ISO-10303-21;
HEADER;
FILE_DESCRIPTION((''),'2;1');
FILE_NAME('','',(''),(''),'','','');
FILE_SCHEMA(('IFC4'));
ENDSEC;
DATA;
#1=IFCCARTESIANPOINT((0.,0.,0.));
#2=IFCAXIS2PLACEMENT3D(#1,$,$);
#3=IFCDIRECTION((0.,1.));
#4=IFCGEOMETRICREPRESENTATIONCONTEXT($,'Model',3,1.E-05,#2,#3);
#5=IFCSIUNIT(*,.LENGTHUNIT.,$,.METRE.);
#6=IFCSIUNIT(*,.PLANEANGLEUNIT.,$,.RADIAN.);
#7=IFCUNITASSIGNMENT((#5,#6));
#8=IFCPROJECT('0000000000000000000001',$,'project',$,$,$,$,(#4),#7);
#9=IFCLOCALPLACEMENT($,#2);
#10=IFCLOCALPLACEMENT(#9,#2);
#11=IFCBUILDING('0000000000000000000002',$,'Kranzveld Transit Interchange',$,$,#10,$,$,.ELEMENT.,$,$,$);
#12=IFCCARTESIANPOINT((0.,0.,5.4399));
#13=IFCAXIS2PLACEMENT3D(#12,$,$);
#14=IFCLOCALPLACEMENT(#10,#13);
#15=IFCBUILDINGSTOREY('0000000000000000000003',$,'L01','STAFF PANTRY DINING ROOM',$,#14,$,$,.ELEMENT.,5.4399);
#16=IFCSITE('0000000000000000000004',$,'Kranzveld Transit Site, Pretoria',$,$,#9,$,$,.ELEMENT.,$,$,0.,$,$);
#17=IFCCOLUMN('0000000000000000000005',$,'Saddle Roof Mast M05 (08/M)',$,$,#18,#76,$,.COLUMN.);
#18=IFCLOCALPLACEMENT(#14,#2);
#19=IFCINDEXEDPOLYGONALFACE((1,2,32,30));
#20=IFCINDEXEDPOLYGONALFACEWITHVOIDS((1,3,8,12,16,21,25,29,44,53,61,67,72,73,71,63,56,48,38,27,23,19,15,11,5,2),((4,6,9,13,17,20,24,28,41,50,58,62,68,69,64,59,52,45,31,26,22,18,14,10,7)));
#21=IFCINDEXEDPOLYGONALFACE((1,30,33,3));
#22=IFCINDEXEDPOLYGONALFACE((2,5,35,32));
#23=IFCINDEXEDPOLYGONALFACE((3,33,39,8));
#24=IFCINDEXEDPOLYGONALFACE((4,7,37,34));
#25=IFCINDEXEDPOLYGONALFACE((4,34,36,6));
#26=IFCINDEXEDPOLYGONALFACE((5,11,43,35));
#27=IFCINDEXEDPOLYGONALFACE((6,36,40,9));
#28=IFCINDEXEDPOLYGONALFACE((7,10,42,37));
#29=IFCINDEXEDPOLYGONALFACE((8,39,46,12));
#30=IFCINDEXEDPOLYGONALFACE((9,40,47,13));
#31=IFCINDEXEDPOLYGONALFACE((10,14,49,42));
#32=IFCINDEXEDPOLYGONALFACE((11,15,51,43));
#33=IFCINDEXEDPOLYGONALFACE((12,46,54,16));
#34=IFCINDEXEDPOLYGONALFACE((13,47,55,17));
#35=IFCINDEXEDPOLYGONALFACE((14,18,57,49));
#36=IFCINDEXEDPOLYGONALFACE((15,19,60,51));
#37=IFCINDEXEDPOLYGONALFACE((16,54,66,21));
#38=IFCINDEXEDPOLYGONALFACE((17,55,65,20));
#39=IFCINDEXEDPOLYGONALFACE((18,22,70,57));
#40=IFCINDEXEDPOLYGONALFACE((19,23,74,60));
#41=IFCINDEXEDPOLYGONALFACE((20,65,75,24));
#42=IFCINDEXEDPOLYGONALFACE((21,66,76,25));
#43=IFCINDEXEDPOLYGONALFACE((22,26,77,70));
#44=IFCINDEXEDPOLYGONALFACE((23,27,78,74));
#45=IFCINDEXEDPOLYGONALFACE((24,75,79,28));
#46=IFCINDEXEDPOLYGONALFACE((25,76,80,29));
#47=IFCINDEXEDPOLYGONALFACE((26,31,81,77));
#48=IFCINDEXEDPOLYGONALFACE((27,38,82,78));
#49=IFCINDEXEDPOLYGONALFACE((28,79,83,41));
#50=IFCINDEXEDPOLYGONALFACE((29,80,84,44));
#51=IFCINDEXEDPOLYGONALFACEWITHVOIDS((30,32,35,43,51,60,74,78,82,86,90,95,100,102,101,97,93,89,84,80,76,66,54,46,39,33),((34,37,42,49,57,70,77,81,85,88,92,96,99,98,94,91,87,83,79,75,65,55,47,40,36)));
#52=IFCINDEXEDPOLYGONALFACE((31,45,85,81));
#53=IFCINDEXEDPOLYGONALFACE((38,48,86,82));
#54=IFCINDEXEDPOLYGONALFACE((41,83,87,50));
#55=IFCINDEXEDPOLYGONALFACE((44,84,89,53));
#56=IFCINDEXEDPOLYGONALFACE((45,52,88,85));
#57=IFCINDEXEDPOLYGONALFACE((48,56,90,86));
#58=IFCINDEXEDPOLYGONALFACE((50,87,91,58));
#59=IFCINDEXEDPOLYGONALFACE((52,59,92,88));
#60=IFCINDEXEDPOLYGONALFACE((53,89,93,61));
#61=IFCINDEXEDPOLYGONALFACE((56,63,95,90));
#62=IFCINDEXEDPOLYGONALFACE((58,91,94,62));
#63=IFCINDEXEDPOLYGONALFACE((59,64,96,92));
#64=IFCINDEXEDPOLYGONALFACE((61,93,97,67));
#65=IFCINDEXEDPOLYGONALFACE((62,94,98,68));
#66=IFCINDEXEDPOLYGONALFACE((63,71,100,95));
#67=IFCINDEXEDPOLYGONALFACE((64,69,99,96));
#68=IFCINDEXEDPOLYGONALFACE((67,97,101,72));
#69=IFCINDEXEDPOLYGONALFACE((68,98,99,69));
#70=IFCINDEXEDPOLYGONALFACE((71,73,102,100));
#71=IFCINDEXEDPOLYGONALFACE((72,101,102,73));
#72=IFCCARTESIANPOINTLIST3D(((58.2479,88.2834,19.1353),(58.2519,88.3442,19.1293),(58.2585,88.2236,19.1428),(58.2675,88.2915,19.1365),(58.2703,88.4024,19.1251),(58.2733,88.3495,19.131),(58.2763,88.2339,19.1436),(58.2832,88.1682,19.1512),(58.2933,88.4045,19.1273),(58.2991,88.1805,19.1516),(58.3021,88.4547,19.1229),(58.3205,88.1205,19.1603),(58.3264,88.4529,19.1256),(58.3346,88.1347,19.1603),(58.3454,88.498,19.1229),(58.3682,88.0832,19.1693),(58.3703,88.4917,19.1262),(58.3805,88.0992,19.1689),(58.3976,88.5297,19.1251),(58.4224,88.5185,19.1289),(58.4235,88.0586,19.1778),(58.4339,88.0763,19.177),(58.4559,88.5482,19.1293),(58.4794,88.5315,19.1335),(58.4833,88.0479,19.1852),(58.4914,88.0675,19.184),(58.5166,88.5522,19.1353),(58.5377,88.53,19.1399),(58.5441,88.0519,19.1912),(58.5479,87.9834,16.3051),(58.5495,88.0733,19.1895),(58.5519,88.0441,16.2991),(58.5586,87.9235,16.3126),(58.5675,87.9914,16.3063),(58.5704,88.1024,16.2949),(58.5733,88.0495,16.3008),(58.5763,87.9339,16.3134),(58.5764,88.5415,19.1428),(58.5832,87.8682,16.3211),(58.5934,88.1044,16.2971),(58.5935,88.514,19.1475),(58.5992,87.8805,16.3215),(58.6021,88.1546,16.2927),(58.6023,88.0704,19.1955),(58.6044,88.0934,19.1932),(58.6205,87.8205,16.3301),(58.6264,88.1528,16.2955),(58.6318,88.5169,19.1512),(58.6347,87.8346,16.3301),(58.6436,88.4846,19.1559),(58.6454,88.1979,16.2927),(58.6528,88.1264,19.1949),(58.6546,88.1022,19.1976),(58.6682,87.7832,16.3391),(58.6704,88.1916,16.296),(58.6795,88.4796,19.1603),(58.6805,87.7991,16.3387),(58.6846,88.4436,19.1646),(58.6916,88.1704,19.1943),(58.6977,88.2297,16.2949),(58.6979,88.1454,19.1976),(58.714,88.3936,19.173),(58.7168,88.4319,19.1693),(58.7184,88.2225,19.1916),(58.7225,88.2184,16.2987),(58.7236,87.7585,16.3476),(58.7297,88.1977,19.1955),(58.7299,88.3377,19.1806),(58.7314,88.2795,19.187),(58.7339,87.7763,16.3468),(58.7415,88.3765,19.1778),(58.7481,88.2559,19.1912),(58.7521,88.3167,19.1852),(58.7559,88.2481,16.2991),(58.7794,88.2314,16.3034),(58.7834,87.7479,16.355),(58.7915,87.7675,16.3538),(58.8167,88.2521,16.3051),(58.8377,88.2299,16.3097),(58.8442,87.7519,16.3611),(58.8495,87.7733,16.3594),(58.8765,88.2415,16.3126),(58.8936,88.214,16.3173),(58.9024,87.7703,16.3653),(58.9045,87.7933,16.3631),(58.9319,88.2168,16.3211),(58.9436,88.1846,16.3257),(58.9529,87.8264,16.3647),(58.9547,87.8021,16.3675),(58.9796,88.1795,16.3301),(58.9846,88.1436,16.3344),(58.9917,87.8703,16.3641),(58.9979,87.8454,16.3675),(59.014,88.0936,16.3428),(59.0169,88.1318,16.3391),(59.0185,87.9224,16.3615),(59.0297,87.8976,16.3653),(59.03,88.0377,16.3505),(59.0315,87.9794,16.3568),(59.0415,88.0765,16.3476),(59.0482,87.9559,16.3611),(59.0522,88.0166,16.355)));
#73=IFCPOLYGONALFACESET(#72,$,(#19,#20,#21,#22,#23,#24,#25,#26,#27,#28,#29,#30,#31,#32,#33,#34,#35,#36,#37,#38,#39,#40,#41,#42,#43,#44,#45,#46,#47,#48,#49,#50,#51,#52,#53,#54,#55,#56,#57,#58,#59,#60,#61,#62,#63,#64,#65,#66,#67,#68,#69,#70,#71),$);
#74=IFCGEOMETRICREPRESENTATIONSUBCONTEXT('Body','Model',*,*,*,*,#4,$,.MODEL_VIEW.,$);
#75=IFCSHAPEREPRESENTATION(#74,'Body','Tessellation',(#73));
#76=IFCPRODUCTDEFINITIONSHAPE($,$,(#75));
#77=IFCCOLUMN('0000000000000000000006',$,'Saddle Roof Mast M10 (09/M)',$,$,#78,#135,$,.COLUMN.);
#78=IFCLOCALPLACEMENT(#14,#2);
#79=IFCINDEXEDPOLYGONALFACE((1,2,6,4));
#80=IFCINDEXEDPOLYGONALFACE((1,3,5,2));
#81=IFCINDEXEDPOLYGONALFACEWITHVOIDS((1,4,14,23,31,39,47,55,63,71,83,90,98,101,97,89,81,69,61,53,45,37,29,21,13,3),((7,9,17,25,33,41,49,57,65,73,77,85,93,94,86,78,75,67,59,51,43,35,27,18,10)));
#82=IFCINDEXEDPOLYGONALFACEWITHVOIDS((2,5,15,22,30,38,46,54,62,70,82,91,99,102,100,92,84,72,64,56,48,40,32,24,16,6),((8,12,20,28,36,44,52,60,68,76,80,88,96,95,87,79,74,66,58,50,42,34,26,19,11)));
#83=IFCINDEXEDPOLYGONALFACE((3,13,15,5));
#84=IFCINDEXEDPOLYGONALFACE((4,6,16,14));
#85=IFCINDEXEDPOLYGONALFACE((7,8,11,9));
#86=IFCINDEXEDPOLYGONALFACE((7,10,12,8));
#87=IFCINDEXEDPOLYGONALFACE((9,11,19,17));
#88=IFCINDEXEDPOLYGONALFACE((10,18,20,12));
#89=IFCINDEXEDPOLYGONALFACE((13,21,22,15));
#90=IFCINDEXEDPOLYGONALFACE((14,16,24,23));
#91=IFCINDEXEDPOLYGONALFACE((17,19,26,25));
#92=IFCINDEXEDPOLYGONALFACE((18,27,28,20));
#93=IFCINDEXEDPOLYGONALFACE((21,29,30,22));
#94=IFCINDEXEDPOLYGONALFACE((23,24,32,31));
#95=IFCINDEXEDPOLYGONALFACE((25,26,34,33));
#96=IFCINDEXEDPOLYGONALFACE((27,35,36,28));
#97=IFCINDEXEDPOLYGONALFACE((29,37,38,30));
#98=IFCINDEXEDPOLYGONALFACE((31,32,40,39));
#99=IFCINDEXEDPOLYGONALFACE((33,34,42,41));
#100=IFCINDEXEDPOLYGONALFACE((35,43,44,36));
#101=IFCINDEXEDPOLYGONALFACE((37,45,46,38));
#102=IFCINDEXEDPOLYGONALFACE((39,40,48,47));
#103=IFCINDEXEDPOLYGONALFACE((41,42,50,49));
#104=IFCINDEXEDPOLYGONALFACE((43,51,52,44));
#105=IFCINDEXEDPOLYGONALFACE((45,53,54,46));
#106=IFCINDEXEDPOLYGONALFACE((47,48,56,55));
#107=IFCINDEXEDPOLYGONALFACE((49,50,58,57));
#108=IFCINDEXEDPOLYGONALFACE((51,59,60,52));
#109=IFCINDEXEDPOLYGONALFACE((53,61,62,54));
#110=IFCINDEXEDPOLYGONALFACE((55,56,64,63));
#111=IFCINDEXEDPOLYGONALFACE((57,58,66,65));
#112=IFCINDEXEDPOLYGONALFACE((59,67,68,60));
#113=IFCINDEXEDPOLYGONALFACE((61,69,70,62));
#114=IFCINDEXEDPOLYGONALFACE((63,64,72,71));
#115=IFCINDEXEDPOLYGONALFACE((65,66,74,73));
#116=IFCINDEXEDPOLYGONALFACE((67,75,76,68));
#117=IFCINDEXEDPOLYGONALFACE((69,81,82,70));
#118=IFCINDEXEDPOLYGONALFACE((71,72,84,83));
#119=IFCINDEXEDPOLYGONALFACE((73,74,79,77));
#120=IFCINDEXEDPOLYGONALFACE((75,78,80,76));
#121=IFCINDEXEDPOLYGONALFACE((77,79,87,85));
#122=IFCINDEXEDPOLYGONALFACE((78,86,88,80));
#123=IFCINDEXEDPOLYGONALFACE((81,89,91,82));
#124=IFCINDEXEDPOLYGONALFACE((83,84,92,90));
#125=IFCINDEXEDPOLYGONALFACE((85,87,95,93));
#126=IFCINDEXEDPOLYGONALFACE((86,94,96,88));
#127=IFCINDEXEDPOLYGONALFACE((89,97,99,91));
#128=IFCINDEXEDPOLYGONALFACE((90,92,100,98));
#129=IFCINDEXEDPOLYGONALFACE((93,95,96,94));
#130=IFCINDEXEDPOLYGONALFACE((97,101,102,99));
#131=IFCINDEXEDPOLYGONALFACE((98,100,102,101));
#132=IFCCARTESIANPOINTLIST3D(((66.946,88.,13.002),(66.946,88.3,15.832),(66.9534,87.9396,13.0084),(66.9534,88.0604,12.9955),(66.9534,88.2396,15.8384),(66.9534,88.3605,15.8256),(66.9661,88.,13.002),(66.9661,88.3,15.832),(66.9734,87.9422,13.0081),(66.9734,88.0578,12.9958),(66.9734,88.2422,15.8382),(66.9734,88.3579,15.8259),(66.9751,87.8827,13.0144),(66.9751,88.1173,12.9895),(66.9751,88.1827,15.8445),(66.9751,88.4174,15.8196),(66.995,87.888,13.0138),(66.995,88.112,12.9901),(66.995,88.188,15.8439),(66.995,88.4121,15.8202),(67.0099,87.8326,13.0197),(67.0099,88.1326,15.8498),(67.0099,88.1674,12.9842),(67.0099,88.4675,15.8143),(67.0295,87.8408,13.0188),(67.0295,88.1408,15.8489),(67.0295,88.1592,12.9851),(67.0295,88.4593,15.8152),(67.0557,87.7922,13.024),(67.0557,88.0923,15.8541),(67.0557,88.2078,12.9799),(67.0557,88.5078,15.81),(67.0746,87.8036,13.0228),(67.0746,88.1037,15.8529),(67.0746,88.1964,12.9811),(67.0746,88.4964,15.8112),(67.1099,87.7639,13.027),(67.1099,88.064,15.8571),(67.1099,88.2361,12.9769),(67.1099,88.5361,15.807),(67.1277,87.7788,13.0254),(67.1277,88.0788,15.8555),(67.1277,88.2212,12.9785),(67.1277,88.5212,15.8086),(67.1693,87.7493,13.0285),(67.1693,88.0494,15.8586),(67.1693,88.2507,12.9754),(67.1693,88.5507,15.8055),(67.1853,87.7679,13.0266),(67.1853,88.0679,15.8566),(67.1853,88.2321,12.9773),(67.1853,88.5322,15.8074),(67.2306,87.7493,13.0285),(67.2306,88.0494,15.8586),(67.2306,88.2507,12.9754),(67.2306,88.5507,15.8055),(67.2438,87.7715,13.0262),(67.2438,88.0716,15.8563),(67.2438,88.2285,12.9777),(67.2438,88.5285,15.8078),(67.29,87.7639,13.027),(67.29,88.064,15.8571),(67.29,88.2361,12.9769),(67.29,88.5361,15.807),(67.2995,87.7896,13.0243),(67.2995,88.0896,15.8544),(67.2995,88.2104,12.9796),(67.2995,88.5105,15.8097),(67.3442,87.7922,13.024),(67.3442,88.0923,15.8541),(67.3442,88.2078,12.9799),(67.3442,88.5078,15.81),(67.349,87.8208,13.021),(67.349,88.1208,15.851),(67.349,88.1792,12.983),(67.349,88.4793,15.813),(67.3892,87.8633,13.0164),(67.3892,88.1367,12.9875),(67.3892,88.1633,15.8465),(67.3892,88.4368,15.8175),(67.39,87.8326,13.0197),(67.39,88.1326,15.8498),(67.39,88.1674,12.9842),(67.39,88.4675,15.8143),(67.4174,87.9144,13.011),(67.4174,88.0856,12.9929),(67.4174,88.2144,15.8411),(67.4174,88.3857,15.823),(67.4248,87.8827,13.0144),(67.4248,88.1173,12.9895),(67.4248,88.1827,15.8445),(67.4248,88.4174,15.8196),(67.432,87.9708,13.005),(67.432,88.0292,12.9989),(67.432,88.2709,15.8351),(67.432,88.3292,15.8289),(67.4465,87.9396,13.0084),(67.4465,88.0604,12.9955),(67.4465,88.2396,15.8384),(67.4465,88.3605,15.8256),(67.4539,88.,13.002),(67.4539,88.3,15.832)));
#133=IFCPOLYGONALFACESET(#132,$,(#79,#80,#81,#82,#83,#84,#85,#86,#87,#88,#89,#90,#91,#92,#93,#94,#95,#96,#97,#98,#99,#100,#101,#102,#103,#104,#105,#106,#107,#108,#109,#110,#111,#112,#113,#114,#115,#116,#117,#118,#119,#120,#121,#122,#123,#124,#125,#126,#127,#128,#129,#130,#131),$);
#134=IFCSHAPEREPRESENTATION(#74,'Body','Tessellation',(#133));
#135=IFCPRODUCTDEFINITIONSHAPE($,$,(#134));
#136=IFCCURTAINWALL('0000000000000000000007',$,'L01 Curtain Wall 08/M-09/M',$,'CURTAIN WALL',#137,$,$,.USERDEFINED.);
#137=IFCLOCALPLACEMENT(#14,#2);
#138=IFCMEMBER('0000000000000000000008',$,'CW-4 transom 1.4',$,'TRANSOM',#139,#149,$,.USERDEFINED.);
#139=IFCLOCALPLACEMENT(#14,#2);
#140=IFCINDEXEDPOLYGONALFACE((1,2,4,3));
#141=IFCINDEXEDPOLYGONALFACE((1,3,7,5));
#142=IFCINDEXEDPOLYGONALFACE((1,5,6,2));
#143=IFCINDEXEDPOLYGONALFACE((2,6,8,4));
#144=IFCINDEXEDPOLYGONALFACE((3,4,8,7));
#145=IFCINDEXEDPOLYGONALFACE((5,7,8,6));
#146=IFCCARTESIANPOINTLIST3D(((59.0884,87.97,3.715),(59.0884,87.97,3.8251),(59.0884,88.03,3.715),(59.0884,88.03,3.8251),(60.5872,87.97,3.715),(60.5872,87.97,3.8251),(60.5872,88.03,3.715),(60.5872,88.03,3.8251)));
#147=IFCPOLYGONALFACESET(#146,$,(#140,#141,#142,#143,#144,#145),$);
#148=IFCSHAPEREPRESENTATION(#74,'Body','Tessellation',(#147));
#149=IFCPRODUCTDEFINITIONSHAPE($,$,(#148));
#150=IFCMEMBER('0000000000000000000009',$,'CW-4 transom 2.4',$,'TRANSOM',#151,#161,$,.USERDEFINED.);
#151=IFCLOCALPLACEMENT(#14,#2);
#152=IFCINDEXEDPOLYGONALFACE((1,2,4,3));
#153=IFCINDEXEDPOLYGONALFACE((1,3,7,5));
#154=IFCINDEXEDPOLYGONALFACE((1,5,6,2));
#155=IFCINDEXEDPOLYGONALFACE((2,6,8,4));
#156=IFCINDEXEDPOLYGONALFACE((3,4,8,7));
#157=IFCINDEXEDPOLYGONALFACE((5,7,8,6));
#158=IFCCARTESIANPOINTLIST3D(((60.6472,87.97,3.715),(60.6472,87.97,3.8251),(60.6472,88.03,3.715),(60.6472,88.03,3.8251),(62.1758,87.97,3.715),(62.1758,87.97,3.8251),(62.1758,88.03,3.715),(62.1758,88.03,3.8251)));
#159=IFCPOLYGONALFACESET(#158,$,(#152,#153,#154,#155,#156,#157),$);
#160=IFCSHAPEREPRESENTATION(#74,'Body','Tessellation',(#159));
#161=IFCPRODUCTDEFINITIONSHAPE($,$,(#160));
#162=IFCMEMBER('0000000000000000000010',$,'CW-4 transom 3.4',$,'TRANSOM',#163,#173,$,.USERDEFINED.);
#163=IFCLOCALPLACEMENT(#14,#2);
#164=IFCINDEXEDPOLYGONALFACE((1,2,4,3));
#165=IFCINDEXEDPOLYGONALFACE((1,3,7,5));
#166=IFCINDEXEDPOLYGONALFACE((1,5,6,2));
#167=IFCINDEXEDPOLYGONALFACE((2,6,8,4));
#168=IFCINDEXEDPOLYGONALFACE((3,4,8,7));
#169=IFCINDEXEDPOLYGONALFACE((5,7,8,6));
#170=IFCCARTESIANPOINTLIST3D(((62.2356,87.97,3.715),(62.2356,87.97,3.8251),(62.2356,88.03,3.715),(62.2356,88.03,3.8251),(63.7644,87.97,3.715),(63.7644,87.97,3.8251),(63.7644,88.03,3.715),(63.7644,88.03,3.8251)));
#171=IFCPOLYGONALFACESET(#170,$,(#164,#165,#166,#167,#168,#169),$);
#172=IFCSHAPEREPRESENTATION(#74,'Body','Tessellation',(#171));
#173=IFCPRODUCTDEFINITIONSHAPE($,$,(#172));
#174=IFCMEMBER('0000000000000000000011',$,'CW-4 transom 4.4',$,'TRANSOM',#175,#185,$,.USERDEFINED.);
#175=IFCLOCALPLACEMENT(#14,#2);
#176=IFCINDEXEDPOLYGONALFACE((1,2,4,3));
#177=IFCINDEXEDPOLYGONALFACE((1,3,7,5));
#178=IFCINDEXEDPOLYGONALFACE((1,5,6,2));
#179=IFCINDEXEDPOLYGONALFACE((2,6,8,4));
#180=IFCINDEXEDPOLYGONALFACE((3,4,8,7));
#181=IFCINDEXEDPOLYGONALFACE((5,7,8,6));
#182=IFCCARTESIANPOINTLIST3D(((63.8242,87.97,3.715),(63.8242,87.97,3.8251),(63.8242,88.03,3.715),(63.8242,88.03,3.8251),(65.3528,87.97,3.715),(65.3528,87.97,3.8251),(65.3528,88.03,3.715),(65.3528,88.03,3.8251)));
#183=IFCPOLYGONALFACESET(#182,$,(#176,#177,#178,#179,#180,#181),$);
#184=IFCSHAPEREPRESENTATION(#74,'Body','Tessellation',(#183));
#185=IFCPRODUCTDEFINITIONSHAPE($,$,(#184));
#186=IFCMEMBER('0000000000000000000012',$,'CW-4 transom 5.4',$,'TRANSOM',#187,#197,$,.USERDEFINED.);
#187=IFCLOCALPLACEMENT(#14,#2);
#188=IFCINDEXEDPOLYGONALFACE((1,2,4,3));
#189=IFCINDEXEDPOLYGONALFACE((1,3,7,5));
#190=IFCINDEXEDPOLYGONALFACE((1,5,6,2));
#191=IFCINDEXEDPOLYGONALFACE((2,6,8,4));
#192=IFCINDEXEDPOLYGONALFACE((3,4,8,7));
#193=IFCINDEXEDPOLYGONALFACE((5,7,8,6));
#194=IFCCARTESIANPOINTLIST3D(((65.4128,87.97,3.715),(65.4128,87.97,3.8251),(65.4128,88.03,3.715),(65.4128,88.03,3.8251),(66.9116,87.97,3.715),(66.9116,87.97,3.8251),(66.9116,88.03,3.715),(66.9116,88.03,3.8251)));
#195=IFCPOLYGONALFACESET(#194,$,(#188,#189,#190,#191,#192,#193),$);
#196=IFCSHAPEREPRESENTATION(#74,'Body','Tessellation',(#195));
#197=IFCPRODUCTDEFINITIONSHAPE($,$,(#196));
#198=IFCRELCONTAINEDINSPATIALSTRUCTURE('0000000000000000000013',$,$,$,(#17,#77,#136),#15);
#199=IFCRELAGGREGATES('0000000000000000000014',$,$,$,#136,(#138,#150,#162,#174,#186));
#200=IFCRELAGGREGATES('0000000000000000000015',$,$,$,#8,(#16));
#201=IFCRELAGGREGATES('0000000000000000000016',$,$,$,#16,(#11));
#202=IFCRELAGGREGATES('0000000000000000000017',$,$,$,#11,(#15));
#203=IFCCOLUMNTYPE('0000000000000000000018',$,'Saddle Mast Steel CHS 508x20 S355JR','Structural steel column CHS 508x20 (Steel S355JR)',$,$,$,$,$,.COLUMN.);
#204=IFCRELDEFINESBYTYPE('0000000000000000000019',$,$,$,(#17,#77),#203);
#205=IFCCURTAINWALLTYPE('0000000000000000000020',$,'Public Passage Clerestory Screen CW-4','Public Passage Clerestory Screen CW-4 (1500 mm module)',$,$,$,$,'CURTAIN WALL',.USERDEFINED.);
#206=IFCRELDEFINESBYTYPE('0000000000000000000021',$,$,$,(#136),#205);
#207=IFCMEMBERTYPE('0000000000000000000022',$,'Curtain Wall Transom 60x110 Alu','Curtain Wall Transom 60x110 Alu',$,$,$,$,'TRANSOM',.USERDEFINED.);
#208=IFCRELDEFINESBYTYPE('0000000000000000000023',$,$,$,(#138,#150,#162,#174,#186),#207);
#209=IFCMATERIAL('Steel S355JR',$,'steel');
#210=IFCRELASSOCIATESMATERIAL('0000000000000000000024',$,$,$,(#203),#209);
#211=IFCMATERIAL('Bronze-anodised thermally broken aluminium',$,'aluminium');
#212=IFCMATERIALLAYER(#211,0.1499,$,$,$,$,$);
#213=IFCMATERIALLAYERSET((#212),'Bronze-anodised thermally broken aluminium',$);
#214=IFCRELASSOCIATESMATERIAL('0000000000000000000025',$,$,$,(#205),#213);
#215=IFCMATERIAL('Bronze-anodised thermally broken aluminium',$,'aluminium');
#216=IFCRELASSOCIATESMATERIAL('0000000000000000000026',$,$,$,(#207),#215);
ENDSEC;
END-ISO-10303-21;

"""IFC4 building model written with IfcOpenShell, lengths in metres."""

from ifc_helpers import new_model, si_unit, direction, frame, origin, origin_2d, place, context, subcontext, project, spatial, rectangle, hollow_circle, extrude, material, layer, layer_set, material_profile, profile_set, type_object, element, aggregate, save


model = new_model("IFC4")

# Units and contexts
model_context = context("Model", 3, precision=1e-05, world=origin(), true_north=direction((0.0, 1.0)))
body_context = subcontext(model_context, "Body", "Model", "MODEL_VIEW")
ifc_project = project(units=[si_unit("LENGTHUNIT", "METRE"), si_unit("PLANEANGLEUNIT", "RADIAN")], contexts=[model_context])

# Site, building, storey
site_placement = place(None, origin())
site = spatial("IfcSite", under=ifc_project, at=site_placement, Name="Kranzveld Transit Site, Pretoria", CompositionType="ELEMENT", RefElevation=0.0)
building_placement = place(site_placement, origin())
building = spatial("IfcBuilding", under=site, at=building_placement, Name="Kranzveld Transit Interchange", CompositionType="ELEMENT")
storey_placement = place(building_placement, frame((0.0, 0.0, 5.4399)))
storey = spatial("IfcBuildingStorey", under=building, at=storey_placement, Name="L01", Description="STAFF PANTRY DINING ROOM", CompositionType="ELEMENT", Elevation=5.4399)

# Columns
ifc_material_1 = material(Name="Steel S355JR", Category="steel")
ifc_material_profile_1 = material_profile(ifc_material_1, hollow_circle(Radius=0.2539, WallThickness=0.02, at=origin_2d()), Name="CHS 508x20")
ifc_profile_set_1 = profile_set([ifc_material_profile_1], Name="Steel S355JR")
column_type = type_object("IfcColumnType", Name="Saddle Mast Steel CHS 508x20 S355JR", Description="Structural steel column CHS 508x20 (Steel S355JR)", PredefinedType="COLUMN", material=ifc_profile_set_1)
column_1_placement = place(storey_placement, frame((58.8, 88.0, 16.3301), z_axis=(-0.104849, 0.104849, 0.988946), x_axis=(-0.707107, -0.707107, 0.0)))
element("IfcColumn", 1, at=column_1_placement, inside=storey, type_object=column_type, Name="Saddle Roof Mast M05 (08/M)", PredefinedType="COLUMN", context=body_context, shape_type="SweptSolid", body=[
    extrude(hollow_circle(Radius=0.2539, WallThickness=0.02, at=origin_2d()), origin(), (0.0, 0.0, 1.0), 2.8618),
])
column_2_placement = place(storey_placement, frame((67.2, 88.0, 13.002), z_axis=(0.0, 0.105431, 0.994427), x_axis=(-1.0, 0.0, 0.0)))
element("IfcColumn", 2, at=column_2_placement, inside=storey, type_object=column_type, Name="Saddle Roof Mast M10 (09/M)", PredefinedType="COLUMN", context=body_context, shape_type="SweptSolid", body=[
    extrude(hollow_circle(Radius=0.2539, WallThickness=0.02, at=origin_2d()), origin(), (0.0, 0.0, 1.0), 2.8459),
])

# Curtain wall, members
ifc_material_2 = material(Name="Bronze-anodised thermally broken aluminium", Category="aluminium")
ifc_layer_1 = layer(ifc_material_2, 0.1499)
ifc_layer_set_1 = layer_set([ifc_layer_1], Name="Bronze-anodised thermally broken aluminium")
curtain_wall_type = type_object("IfcCurtainWallType", Name="Public Passage Clerestory Screen CW-4", Description="Public Passage Clerestory Screen CW-4 (1500 mm module)", ElementType="CURTAIN WALL", PredefinedType="USERDEFINED", material=ifc_layer_set_1)
curtain_wall_placement = place(storey_placement, origin())
curtain_wall = element("IfcCurtainWall", 3, at=curtain_wall_placement, inside=storey, type_object=curtain_wall_type, Name="L01 Curtain Wall 08/M-09/M", ObjectType="CURTAIN WALL", PredefinedType="USERDEFINED")
ifc_material_3 = material(Name="Bronze-anodised thermally broken aluminium", Category="aluminium")
ifc_material_profile_2 = material_profile(ifc_material_3, rectangle(XDim=0.0601, YDim=0.1101, at=origin_2d()), Name="ALU TRANSOM 60x110")
ifc_profile_set_2 = profile_set([ifc_material_profile_2], Name="Bronze-anodised thermally broken aluminium")
member_type_1 = type_object("IfcMemberType", Name="Curtain Wall Transom 60x110 Alu", Description="Curtain Wall Transom 60x110 Alu", ElementType="TRANSOM", PredefinedType="USERDEFINED", material=ifc_profile_set_2)
member_1_placement = place(storey_placement, frame((59.0884, 88.0, 3.77), z_axis=(1.0, 0.0, 0.0), x_axis=(0.0, 1.0, 0.0)))
member_1 = element("IfcMember", 4, at=member_1_placement, type_object=member_type_1, Name="CW-4 transom 1.4", ObjectType="TRANSOM", PredefinedType="USERDEFINED", context=body_context, shape_type="SweptSolid", body=[
    extrude(rectangle(XDim=0.0601, YDim=0.1101, at=origin_2d()), origin(), (0.0, 0.0, 1.0), 1.4988),
])
member_2_placement = place(storey_placement, frame((60.6472, 88.0, 3.77), z_axis=(1.0, 0.0, 0.0), x_axis=(0.0, 1.0, 0.0)))
member_2 = element("IfcMember", 5, at=member_2_placement, type_object=member_type_1, Name="CW-4 transom 2.4", ObjectType="TRANSOM", PredefinedType="USERDEFINED", context=body_context, shape_type="SweptSolid", body=[
    extrude(rectangle(XDim=0.0601, YDim=0.1101, at=origin_2d()), origin(), (0.0, 0.0, 1.0), 1.5286),
])
member_3_placement = place(storey_placement, frame((62.2356, 88.0, 3.77), z_axis=(1.0, 0.0, 0.0), x_axis=(0.0, 1.0, 0.0)))
member_3 = element("IfcMember", 6, at=member_3_placement, type_object=member_type_1, Name="CW-4 transom 3.4", ObjectType="TRANSOM", PredefinedType="USERDEFINED", context=body_context, shape_type="SweptSolid", body=[
    extrude(rectangle(XDim=0.0601, YDim=0.1101, at=origin_2d()), origin(), (0.0, 0.0, 1.0), 1.5288),
])
member_4_placement = place(storey_placement, frame((63.8242, 88.0, 3.77), z_axis=(1.0, 0.0, 0.0), x_axis=(0.0, 1.0, 0.0)))
member_4 = element("IfcMember", 7, at=member_4_placement, type_object=member_type_1, Name="CW-4 transom 4.4", ObjectType="TRANSOM", PredefinedType="USERDEFINED", context=body_context, shape_type="SweptSolid", body=[
    extrude(rectangle(XDim=0.0601, YDim=0.1101, at=origin_2d()), origin(), (0.0, 0.0, 1.0), 1.5286),
])
member_5_placement = place(storey_placement, frame((65.4128, 88.0, 3.77), z_axis=(1.0, 0.0, 0.0), x_axis=(0.0, 1.0, 0.0)))
member_5 = element("IfcMember", 8, at=member_5_placement, type_object=member_type_1, Name="CW-4 transom 5.4", ObjectType="TRANSOM", PredefinedType="USERDEFINED", context=body_context, shape_type="SweptSolid", body=[
    extrude(rectangle(XDim=0.0601, YDim=0.1101, at=origin_2d()), origin(), (0.0, 0.0, 1.0), 1.4988),
])
aggregate(curtain_wall, [member_1, member_2, member_3, member_4, member_5])

save(model, "model.ifc")
